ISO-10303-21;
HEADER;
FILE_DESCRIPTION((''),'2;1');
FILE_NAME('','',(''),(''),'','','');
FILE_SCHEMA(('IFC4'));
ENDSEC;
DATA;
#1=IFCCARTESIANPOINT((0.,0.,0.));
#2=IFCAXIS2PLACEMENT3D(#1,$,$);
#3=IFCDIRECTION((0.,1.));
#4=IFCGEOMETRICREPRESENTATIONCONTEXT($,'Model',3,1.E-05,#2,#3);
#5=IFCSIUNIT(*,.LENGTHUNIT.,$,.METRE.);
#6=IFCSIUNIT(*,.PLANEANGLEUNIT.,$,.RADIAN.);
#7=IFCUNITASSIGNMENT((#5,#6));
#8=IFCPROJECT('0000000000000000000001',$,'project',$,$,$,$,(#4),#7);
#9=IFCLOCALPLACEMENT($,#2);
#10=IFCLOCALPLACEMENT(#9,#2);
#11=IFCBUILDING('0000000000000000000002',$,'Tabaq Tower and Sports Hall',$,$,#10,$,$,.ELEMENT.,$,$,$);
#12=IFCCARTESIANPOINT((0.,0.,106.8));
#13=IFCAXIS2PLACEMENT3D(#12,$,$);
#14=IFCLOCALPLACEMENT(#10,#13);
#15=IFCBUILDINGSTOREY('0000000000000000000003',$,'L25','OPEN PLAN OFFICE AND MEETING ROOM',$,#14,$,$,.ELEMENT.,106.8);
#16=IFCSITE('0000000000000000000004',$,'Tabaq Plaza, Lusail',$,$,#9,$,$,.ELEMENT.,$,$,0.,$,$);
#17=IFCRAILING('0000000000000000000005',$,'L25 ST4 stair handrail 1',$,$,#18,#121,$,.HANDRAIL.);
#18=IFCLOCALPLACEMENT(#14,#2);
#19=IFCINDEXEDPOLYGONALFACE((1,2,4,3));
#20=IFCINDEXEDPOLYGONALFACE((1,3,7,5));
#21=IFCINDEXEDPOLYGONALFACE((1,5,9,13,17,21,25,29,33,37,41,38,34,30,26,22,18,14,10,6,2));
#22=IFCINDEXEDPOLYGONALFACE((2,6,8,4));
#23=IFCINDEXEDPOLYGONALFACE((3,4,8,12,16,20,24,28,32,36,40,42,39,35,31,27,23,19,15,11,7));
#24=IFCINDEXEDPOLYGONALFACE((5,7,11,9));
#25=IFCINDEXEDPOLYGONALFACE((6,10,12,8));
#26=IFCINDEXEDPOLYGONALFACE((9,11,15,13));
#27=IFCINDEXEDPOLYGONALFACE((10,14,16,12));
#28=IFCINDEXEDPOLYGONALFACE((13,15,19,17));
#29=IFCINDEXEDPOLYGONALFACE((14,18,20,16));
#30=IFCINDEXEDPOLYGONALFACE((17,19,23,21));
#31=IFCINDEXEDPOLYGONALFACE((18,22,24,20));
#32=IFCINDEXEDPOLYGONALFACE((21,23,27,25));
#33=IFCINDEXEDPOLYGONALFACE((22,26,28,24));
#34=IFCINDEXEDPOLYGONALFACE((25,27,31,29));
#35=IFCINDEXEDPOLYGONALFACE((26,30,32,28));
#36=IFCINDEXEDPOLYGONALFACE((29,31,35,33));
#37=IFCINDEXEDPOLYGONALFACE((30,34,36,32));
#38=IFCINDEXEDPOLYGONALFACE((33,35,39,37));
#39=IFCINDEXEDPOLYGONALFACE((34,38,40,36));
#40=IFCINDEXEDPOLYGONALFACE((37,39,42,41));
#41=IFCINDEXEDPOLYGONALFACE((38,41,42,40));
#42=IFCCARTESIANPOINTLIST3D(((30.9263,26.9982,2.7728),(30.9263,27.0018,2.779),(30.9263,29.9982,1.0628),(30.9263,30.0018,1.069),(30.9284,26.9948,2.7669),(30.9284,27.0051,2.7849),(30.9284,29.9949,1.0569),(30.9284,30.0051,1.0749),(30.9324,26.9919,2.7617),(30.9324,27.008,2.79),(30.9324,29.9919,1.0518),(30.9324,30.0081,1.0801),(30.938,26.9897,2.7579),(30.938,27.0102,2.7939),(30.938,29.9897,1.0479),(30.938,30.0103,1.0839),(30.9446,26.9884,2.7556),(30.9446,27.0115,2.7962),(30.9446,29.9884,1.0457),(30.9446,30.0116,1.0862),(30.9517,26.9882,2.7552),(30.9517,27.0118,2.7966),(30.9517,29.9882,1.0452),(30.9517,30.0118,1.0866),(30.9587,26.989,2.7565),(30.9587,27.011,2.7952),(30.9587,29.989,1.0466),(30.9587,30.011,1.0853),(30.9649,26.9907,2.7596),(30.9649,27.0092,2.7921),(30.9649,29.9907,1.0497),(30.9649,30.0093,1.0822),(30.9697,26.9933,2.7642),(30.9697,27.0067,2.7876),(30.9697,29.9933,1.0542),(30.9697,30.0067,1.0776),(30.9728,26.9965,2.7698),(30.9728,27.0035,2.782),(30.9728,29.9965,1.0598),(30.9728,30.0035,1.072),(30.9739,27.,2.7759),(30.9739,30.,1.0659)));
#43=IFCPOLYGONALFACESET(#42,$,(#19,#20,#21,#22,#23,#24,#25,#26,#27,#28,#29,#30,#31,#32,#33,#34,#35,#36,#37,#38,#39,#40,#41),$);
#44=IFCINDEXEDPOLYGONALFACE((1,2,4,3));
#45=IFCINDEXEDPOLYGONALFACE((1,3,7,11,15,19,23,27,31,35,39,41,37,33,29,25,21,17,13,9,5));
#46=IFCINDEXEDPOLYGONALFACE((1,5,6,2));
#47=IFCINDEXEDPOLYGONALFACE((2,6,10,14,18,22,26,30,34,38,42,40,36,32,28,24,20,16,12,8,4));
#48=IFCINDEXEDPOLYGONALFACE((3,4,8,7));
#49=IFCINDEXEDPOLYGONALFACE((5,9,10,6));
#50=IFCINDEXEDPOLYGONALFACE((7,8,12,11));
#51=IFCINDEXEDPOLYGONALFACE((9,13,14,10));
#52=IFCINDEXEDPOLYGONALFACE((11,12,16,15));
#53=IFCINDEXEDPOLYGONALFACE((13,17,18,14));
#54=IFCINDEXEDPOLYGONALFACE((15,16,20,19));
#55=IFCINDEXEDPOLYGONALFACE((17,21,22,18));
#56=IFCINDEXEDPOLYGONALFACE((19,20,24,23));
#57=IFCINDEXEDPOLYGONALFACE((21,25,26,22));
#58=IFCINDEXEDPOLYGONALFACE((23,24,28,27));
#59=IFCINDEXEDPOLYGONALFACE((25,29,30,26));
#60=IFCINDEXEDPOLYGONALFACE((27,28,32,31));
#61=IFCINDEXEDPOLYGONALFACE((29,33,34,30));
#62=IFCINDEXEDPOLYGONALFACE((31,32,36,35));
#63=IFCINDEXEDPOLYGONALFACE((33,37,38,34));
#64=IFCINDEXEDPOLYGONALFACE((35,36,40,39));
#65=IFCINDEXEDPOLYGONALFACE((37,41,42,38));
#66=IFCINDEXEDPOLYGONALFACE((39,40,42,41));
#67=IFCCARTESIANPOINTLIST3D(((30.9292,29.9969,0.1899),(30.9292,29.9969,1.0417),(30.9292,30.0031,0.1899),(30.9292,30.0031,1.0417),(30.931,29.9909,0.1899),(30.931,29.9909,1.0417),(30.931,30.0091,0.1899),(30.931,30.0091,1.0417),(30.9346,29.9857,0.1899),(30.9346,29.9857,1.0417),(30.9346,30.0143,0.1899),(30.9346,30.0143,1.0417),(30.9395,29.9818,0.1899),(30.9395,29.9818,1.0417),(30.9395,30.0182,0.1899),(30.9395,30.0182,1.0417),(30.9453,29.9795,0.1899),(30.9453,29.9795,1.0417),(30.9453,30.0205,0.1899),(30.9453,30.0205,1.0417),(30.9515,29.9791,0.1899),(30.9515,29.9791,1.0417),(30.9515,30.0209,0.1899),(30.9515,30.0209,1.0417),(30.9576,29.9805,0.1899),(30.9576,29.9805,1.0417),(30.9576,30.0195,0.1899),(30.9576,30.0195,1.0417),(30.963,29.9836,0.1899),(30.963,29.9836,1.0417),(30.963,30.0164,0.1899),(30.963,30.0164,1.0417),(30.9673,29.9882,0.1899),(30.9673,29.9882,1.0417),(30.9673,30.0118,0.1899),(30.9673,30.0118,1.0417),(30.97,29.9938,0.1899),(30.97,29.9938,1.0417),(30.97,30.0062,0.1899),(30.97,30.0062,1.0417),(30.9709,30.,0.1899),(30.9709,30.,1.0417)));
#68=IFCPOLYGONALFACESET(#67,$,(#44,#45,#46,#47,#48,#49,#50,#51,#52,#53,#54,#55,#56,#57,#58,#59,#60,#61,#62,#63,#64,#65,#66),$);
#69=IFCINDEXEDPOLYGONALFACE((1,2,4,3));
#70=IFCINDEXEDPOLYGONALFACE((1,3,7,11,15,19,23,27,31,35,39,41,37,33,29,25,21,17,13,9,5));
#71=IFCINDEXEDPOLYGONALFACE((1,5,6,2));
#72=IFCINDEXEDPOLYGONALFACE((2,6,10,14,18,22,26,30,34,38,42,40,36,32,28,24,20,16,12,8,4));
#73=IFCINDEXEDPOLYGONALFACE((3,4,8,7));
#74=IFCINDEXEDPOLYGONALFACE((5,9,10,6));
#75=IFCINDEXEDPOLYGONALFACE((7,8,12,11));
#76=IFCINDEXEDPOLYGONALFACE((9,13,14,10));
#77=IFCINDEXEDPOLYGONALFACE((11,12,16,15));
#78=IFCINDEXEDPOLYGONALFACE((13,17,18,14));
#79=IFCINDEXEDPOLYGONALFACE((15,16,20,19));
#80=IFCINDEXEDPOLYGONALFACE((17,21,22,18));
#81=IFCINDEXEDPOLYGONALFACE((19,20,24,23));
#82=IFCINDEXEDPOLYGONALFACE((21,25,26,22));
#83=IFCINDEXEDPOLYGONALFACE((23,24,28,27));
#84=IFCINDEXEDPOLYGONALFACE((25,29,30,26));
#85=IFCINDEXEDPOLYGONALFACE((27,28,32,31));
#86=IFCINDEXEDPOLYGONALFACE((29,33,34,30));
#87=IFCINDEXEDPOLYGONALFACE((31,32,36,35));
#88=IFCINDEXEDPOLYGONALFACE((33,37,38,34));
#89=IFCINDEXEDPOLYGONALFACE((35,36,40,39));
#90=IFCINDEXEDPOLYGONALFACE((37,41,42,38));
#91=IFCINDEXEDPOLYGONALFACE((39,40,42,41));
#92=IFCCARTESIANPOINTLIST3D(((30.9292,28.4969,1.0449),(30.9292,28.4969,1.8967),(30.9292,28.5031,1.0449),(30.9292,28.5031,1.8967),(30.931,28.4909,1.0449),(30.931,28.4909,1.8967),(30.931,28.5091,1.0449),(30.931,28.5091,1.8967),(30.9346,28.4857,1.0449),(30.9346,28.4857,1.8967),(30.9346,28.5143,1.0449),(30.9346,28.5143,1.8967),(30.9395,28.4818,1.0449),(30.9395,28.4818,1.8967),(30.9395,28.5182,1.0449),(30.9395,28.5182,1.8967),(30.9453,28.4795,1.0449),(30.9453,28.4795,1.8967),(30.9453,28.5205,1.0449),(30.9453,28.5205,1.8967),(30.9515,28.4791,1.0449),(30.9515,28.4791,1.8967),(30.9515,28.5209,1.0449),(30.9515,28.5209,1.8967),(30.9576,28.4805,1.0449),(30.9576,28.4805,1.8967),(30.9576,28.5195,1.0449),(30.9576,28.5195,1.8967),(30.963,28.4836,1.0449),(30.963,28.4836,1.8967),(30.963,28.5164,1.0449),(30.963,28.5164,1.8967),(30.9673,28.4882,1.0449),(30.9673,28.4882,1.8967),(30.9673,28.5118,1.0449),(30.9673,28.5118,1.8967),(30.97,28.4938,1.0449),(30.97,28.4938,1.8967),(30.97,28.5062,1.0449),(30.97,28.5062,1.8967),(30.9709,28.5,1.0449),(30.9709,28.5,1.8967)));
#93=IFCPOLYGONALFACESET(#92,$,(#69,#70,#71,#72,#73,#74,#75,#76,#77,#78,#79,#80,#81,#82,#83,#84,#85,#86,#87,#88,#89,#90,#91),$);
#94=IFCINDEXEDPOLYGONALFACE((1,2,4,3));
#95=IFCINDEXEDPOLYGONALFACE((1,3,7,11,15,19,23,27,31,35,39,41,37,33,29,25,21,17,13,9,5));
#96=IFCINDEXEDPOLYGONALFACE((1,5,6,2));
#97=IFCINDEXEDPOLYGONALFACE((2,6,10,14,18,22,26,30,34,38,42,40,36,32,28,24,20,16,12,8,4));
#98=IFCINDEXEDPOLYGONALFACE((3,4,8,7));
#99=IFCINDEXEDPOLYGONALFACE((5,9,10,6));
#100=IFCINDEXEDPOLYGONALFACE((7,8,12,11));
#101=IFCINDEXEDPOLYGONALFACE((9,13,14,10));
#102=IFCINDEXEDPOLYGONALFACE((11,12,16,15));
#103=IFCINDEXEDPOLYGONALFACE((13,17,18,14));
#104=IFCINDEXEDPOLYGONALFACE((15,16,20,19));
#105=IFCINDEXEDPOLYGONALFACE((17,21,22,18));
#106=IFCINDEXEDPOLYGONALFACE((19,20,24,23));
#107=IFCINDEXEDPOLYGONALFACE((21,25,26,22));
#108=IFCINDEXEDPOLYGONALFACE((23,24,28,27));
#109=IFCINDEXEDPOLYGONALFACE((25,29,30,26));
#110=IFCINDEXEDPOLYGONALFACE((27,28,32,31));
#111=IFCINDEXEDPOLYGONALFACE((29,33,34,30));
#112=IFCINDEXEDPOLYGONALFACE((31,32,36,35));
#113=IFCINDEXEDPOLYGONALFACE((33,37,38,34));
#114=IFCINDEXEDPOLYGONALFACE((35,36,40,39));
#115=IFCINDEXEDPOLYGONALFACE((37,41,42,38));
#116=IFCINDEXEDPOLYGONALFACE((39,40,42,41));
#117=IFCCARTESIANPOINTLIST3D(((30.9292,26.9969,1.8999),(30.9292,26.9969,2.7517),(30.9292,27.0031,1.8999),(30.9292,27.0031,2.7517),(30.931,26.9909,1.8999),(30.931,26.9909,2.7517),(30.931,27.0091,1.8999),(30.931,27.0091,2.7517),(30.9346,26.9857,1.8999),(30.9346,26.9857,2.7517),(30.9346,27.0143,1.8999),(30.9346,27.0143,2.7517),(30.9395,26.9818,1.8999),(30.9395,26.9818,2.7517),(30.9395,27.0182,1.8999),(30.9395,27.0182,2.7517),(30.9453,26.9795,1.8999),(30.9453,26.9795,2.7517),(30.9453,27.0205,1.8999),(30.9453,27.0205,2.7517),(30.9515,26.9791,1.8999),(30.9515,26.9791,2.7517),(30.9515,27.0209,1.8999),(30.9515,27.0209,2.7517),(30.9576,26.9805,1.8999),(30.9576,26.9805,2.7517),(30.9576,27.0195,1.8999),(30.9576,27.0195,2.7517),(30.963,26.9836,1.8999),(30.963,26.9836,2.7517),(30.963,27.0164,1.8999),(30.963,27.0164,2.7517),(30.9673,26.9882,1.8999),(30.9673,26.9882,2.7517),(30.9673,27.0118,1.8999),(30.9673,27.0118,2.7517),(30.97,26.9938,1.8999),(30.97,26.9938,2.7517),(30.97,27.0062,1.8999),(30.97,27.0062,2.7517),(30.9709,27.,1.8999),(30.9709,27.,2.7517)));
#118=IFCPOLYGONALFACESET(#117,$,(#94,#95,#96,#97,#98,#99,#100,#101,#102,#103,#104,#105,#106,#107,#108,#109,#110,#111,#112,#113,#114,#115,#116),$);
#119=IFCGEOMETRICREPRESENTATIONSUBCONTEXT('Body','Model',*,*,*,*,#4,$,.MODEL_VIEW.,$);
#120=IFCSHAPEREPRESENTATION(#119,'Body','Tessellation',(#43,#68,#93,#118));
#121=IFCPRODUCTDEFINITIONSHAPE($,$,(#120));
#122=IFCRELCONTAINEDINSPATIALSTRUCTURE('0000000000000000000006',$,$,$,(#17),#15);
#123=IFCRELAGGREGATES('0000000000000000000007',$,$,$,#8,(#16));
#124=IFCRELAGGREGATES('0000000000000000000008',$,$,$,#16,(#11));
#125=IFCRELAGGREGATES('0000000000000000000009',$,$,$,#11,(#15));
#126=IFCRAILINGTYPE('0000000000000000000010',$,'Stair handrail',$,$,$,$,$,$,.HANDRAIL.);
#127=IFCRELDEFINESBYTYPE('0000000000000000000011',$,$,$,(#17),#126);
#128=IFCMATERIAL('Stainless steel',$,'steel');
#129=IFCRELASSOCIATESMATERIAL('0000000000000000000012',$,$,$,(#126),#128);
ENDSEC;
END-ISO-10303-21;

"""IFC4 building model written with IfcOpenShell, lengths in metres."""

from ifc_helpers import new_model, si_unit, direction, frame, origin, origin_2d, place, context, subcontext, project, spatial, circle, extrude, material, type_object, element, save


model = new_model("IFC4")

# Units and contexts
model_context = context("Model", 3, precision=1e-05, world=origin(), true_north=direction((0.0, 1.0)))
body_context = subcontext(model_context, "Body", "Model", "MODEL_VIEW")
ifc_project = project(units=[si_unit("LENGTHUNIT", "METRE"), si_unit("PLANEANGLEUNIT", "RADIAN")], contexts=[model_context])

# Site, building, storey
site_placement = place(None, origin())
site = spatial("IfcSite", under=ifc_project, at=site_placement, Name="Tabaq Plaza, Lusail", CompositionType="ELEMENT", RefElevation=0.0)
building_placement = place(site_placement, origin())
building = spatial("IfcBuilding", under=site, at=building_placement, Name="Tabaq Tower and Sports Hall", CompositionType="ELEMENT")
storey_placement = place(building_placement, frame((0.0, 0.0, 106.8)))
storey = spatial("IfcBuildingStorey", under=building, at=storey_placement, Name="L25", Description="OPEN PLAN OFFICE AND MEETING ROOM", CompositionType="ELEMENT", Elevation=106.8)

# Railing
ifc_material_1 = material(Name="Stainless steel", Category="steel")
railing_type_1 = type_object("IfcRailingType", Name="Stair handrail", PredefinedType="HANDRAIL", material=ifc_material_1)
railing_1_placement = place(storey_placement, frame((30.95, 30.0, 0.1899)))
element("IfcRailing", 1, at=railing_1_placement, inside=storey, type_object=railing_type_1, Name="L25 ST4 stair handrail 1", PredefinedType="HANDRAIL", context=body_context, shape_type="SweptSolid", body=[
    extrude(circle(Radius=0.0239, at=origin_2d()), frame((0.0, 0.0, 0.876), z_axis=(0.0, -0.868782, 0.495195), x_axis=(1.0, 0.0, 0.0)), (0.0, 0.0, 1.0), 3.4531),
    extrude(circle(Radius=0.021, at=origin_2d()), origin(), (0.0, 0.0, 1.0), 0.8518),
    extrude(circle(Radius=0.021, at=origin_2d()), frame((0.0, -1.5, 0.855)), (0.0, 0.0, 1.0), 0.8518),
    extrude(circle(Radius=0.021, at=origin_2d()), frame((0.0, -3.0, 1.71)), (0.0, 0.0, 1.0), 0.8518),
])

save(model, "model.ifc")
